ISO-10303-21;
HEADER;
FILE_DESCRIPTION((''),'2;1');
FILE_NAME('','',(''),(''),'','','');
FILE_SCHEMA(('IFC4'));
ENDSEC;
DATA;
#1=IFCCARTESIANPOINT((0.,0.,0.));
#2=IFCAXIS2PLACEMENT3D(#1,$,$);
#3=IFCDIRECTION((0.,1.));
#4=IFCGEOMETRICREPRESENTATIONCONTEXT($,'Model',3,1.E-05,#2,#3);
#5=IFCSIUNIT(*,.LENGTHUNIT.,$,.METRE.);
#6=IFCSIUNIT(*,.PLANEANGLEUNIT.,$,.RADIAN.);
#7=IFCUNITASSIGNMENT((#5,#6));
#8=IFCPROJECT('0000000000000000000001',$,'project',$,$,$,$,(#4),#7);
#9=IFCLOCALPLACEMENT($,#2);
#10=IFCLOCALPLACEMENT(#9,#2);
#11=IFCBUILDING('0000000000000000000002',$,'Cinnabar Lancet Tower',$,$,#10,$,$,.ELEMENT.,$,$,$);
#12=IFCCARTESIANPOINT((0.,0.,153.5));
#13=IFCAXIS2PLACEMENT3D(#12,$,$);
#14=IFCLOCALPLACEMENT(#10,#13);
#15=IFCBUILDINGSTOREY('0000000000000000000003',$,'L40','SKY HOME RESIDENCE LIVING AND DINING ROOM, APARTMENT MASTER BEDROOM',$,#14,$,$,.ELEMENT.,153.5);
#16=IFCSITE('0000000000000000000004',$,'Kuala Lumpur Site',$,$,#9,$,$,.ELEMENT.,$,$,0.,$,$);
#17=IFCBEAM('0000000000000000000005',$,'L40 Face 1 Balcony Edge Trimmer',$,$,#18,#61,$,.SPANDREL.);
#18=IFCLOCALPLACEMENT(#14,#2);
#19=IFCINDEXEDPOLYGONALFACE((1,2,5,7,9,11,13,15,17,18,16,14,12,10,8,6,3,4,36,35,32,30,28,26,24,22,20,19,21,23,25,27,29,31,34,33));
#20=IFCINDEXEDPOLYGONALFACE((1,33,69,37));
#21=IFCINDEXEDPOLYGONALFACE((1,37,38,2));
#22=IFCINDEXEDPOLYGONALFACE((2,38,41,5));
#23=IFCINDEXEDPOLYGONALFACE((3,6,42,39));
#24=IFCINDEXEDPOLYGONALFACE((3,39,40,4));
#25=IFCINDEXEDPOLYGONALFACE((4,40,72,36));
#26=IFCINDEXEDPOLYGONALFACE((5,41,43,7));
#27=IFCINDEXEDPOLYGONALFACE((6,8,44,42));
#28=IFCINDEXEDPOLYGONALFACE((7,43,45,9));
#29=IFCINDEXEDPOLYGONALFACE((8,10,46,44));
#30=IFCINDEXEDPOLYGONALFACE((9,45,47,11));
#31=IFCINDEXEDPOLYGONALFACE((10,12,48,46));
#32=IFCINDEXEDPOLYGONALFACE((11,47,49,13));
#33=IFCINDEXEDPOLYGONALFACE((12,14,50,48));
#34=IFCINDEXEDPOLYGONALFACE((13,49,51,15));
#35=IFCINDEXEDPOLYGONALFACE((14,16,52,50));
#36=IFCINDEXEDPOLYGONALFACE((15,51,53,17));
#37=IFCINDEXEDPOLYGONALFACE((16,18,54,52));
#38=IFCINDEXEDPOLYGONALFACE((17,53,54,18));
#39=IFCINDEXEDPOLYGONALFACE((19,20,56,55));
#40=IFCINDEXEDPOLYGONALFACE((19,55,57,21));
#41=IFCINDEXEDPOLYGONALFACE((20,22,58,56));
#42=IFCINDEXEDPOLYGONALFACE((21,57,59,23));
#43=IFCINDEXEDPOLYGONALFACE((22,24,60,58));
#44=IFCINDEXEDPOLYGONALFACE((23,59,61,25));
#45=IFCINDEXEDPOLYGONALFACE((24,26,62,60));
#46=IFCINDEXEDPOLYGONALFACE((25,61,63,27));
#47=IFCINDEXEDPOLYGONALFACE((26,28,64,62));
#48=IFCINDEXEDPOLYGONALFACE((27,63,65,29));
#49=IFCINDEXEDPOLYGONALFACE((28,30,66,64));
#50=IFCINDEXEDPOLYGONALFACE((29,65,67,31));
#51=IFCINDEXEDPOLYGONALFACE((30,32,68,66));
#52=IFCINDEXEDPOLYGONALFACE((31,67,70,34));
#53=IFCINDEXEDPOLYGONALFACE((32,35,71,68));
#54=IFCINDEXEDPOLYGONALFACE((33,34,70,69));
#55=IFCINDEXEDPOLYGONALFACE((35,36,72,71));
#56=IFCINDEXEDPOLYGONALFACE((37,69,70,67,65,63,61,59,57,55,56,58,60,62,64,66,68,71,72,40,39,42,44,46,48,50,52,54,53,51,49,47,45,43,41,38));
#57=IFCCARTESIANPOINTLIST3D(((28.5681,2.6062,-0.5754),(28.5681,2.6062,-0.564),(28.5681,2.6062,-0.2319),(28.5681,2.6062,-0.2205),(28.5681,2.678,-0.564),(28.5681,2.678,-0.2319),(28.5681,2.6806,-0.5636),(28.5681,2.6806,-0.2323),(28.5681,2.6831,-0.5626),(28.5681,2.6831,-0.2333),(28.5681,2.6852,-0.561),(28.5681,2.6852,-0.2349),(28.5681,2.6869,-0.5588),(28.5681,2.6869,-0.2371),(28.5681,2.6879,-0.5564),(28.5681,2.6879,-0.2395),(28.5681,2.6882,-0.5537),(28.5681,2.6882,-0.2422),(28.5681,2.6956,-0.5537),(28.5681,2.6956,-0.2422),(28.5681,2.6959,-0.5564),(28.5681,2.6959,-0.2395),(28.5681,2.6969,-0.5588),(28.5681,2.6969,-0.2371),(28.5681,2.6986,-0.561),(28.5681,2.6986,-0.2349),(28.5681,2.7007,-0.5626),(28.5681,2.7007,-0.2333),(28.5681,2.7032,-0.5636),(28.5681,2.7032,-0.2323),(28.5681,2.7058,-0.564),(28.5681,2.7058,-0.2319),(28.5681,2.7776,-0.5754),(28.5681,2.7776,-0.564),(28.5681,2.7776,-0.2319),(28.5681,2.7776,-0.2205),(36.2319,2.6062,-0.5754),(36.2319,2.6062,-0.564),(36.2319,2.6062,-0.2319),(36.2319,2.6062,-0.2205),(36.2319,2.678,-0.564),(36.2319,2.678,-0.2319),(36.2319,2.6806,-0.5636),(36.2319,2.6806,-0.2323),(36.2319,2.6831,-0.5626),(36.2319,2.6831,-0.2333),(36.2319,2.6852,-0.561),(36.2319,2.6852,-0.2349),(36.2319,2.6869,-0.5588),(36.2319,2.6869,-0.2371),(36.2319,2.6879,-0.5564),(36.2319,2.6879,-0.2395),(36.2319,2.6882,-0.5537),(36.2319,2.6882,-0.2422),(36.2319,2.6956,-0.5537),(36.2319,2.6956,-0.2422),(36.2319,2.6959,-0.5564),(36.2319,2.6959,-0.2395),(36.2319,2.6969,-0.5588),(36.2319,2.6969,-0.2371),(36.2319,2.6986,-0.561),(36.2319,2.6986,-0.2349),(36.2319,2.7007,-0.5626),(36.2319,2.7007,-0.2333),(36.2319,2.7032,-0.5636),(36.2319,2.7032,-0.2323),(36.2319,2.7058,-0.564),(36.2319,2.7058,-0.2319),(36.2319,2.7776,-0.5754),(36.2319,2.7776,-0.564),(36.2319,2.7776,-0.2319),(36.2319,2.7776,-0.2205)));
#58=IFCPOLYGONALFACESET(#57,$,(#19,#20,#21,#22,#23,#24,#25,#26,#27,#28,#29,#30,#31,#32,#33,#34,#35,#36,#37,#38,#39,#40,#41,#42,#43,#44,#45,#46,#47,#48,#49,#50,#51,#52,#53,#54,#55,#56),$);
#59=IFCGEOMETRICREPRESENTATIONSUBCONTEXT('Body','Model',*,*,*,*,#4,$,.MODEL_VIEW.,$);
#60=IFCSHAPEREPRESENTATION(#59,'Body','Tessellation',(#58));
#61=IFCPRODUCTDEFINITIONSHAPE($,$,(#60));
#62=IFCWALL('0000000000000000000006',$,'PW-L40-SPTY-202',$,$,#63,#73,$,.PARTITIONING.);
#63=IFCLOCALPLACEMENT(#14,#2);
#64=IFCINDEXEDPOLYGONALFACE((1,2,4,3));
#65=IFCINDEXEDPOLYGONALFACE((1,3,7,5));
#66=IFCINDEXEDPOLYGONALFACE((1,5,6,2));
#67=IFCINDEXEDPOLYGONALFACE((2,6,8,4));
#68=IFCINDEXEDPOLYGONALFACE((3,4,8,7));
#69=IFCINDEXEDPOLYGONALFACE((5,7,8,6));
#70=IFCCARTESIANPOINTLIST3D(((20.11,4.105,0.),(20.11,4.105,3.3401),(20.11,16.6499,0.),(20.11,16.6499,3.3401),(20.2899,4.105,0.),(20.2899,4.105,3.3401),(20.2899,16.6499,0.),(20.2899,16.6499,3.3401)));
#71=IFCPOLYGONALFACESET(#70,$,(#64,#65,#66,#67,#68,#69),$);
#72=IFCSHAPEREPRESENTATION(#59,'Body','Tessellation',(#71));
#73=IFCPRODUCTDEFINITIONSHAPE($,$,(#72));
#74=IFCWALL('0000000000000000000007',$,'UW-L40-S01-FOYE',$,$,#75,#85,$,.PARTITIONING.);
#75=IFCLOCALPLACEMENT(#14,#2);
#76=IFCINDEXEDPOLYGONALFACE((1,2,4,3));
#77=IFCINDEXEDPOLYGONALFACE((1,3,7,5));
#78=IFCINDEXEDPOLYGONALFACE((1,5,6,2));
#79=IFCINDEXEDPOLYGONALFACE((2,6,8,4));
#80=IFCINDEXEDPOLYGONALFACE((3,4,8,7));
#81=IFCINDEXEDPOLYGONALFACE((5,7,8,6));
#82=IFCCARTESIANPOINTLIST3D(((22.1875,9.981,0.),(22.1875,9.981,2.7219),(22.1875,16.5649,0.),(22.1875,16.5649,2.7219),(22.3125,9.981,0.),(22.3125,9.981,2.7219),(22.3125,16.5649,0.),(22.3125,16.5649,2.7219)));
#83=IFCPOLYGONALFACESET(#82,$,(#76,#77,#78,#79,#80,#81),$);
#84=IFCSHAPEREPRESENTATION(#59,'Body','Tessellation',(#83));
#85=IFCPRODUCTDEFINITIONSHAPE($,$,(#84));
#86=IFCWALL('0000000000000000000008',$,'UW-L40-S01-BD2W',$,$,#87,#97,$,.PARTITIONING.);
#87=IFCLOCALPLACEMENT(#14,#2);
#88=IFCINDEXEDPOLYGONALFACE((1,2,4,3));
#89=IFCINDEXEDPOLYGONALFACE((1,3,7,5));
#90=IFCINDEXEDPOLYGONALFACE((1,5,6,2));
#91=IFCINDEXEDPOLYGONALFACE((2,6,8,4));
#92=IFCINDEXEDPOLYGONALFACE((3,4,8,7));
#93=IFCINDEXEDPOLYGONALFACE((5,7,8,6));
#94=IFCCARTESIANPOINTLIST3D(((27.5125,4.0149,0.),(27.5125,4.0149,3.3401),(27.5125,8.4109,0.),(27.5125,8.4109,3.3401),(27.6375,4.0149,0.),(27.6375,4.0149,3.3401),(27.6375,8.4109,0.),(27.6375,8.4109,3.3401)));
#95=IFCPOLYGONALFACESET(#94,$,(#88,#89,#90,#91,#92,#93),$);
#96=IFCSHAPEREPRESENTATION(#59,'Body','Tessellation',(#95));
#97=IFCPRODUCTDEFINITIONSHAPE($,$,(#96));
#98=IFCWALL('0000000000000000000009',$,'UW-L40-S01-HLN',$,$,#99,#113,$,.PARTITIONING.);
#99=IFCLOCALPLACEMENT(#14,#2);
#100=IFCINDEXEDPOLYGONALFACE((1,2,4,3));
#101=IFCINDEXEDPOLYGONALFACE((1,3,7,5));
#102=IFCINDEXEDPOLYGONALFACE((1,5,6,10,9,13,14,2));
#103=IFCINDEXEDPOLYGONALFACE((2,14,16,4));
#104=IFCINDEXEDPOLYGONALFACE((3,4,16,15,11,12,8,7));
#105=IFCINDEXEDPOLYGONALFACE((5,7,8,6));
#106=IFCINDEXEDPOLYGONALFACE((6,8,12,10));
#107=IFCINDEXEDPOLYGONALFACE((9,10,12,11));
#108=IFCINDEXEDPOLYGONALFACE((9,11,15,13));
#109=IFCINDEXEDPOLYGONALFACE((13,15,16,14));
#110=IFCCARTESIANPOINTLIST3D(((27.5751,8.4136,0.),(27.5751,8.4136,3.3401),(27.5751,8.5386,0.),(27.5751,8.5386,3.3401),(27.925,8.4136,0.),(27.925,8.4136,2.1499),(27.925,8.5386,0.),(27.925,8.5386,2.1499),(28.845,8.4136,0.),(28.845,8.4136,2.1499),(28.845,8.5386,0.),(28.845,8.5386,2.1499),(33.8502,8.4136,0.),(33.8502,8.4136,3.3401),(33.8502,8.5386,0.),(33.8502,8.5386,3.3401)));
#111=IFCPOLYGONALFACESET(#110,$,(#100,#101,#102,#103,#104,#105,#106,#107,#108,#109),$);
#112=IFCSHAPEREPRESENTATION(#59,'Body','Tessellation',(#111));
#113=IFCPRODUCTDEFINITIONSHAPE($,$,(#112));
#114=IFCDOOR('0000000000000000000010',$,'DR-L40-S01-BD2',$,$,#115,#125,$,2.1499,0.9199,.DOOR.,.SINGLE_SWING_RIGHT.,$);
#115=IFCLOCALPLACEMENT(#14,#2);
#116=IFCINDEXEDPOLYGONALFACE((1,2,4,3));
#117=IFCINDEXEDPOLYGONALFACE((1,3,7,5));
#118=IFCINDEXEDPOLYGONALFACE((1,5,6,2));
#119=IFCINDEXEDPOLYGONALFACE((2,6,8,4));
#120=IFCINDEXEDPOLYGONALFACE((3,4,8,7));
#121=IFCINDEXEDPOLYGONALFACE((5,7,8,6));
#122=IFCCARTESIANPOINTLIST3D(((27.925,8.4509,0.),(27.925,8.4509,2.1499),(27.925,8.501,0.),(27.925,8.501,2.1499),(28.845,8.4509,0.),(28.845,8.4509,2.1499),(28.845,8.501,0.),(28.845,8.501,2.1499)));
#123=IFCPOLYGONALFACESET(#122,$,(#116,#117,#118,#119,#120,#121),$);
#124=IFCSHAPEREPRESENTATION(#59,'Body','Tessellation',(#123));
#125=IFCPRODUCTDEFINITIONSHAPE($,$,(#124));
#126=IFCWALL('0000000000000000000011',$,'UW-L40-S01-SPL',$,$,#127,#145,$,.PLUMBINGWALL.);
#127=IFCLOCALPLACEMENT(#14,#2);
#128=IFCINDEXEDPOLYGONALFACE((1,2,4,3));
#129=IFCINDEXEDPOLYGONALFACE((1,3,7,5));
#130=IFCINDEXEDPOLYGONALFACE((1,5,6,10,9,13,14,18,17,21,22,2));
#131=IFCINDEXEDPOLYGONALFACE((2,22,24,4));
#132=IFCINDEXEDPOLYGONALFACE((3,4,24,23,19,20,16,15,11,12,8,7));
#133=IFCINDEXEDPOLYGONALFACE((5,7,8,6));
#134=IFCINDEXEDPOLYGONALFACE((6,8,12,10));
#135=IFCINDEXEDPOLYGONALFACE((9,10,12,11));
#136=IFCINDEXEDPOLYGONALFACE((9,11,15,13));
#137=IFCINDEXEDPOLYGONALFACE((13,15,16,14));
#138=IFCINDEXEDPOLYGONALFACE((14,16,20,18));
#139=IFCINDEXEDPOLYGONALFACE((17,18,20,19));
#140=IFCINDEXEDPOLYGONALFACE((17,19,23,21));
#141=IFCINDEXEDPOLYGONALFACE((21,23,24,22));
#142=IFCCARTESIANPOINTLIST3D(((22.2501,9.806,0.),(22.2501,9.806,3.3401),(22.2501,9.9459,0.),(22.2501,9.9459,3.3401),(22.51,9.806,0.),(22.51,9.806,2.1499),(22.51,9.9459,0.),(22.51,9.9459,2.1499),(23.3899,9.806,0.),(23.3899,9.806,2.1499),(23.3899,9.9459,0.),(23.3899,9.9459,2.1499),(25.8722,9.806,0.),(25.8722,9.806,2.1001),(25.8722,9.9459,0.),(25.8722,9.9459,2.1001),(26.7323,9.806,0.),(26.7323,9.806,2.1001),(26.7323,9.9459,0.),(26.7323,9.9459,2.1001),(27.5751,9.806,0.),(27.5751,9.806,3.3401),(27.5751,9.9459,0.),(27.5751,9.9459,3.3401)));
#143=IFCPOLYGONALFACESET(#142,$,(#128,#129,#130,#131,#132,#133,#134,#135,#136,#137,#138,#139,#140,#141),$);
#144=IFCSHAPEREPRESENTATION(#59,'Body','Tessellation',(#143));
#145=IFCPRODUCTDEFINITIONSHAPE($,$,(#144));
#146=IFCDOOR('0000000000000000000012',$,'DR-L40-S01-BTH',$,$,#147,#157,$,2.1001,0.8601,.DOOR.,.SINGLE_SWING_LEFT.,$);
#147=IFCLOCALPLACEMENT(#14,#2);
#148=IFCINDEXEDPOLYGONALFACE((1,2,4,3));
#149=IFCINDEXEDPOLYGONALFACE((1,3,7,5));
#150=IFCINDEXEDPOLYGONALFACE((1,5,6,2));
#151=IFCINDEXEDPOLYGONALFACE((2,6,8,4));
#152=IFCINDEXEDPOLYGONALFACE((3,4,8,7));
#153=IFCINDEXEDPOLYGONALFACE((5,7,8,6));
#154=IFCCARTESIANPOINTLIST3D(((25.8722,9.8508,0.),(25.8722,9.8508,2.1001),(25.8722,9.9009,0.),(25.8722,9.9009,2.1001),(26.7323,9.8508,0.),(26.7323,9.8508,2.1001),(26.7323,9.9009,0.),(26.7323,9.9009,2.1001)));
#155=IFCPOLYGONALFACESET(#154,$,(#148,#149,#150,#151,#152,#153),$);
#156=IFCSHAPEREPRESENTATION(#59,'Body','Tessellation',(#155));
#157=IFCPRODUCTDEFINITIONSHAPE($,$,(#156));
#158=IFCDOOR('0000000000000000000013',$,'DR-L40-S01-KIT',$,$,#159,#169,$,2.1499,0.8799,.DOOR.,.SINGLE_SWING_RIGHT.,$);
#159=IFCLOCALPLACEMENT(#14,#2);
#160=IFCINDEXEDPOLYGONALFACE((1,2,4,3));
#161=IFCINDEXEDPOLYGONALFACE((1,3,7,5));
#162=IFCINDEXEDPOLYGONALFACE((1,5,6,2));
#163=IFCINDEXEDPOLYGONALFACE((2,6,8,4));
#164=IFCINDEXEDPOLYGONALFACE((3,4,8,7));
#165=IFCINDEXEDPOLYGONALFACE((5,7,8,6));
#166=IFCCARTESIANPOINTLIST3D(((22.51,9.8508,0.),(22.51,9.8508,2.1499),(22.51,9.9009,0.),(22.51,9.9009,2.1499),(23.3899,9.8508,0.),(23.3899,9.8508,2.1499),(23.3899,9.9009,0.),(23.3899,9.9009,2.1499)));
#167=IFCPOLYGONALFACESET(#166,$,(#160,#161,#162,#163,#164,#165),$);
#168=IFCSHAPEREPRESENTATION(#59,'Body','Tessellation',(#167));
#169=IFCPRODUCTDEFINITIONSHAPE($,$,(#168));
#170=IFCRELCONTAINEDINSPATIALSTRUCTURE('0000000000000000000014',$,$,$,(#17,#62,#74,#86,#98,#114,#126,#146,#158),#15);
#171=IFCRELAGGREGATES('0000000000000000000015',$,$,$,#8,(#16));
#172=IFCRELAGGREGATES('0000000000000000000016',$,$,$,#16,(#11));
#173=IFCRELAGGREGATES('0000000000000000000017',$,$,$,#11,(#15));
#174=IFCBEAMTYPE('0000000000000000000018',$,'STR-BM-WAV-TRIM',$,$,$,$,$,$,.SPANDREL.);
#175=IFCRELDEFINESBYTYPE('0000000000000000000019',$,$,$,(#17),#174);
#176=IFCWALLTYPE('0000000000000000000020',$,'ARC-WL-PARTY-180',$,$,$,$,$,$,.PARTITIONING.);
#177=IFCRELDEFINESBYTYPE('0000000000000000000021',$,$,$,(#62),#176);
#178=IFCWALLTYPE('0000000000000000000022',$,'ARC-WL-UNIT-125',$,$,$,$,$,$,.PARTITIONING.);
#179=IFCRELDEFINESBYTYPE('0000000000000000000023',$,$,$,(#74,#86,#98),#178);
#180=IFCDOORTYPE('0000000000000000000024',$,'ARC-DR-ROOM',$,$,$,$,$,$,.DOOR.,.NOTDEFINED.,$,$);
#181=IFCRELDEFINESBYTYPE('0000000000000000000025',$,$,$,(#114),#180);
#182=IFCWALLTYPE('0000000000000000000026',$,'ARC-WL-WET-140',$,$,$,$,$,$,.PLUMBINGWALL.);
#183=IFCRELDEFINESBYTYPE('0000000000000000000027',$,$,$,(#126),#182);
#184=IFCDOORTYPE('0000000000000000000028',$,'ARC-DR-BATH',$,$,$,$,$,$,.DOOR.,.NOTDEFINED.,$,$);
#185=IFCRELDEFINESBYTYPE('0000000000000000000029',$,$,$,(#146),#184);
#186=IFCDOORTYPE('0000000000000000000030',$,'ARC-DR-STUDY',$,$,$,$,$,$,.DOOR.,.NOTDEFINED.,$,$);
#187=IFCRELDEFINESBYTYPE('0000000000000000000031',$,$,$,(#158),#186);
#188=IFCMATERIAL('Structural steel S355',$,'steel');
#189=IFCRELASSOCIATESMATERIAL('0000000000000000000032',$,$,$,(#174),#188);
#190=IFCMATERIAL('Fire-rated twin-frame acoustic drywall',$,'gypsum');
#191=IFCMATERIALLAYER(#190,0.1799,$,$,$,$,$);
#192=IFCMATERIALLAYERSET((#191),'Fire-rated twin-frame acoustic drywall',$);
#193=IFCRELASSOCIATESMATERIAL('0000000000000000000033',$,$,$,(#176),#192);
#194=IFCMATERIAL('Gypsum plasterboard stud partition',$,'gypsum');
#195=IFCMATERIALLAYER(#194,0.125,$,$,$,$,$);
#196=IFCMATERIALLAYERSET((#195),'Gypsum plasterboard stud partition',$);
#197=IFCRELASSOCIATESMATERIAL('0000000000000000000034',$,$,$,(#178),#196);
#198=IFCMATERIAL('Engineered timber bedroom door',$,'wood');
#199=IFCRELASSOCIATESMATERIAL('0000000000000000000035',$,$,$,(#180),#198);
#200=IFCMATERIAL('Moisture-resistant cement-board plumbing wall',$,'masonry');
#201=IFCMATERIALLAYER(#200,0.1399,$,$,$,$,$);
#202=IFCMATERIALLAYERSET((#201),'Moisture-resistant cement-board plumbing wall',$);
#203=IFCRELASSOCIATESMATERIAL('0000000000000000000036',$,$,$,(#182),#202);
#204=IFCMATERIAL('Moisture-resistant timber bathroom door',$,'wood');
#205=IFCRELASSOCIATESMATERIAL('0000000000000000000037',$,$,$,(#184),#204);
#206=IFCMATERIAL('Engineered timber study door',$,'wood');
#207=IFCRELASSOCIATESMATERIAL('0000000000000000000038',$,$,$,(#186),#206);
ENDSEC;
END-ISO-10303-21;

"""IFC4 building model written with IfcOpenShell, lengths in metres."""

from ifc_helpers import new_model, si_unit, direction, frame, frame_2d, origin, origin_2d, place, context, subcontext, project, spatial, rectangle, i_section, extrude, material, layer, layer_set, material_profile, profile_set, type_object, element, fill, save


model = new_model("IFC4")

# Units and contexts
model_context = context("Model", 3, precision=1e-05, world=origin(), true_north=direction((0.0, 1.0)))
body_context = subcontext(model_context, "Body", "Model", "MODEL_VIEW")
ifc_project = project(units=[si_unit("LENGTHUNIT", "METRE"), si_unit("PLANEANGLEUNIT", "RADIAN")], contexts=[model_context])

# Site, building, storey
site_placement = place(None, origin())
site = spatial("IfcSite", under=ifc_project, at=site_placement, Name="Kuala Lumpur Site", CompositionType="ELEMENT", RefElevation=0.0)
building_placement = place(site_placement, origin())
building = spatial("IfcBuilding", under=site, at=building_placement, Name="Cinnabar Lancet Tower", CompositionType="ELEMENT")
storey_placement = place(building_placement, frame((0.0, 0.0, 153.5)))
storey = spatial("IfcBuildingStorey", under=building, at=storey_placement, Name="L40", Description="SKY HOME RESIDENCE LIVING AND DINING ROOM, APARTMENT MASTER BEDROOM", CompositionType="ELEMENT", Elevation=153.5)

# Beam
ifc_material_1 = material(Name="Structural steel S355", Category="steel")
ifc_material_profile_1 = material_profile(ifc_material_1, i_section(OverallWidth=0.1714, OverallDepth=0.355, WebThickness=0.0073, FlangeThickness=0.0115, FilletRadius=0.0103, at=origin_2d()), Name="UKB 356x171x51")
ifc_profile_set_1 = profile_set([ifc_material_profile_1], Name="Structural steel S355")
beam_type_1 = type_object("IfcBeamType", Name="STR-BM-WAV-TRIM", PredefinedType="SPANDREL", material=ifc_profile_set_1)
beam_1_placement = place(storey_placement, frame((28.5681, 2.6919, -0.3979), z_axis=(1.0, 0.0, 0.0), x_axis=(0.0, 1.0, 0.0)))
element("IfcBeam", 1, at=beam_1_placement, inside=storey, type_object=beam_type_1, Name="L40 Face 1 Balcony Edge Trimmer", PredefinedType="SPANDREL", context=body_context, shape_type="SweptSolid", body=[
    extrude(i_section(OverallWidth=0.1714, OverallDepth=0.355, WebThickness=0.0073, FlangeThickness=0.0115, FilletRadius=0.0103, at=origin_2d()), origin(), (0.0, 0.0, 1.0), 7.6638),
])

# Walls
ifc_material_2 = material(Name="Fire-rated twin-frame acoustic drywall", Category="gypsum")
ifc_layer_1 = layer(ifc_material_2, 0.1799)
ifc_layer_set_1 = layer_set([ifc_layer_1], Name="Fire-rated twin-frame acoustic drywall")
wall_type_1 = type_object("IfcWallType", Name="ARC-WL-PARTY-180", PredefinedType="PARTITIONING", material=ifc_layer_set_1)
wall_1_placement = place(storey_placement, frame((20.2, 4.105, 0.0), z_axis=(0.0, 0.0, 1.0), x_axis=(0.0, 1.0, 0.0)))
element("IfcWall", 2, at=wall_1_placement, inside=storey, type_object=wall_type_1, Name="PW-L40-SPTY-202", PredefinedType="PARTITIONING", context=body_context, shape_type="SweptSolid", body=[
    extrude(rectangle(XDim=12.5449, YDim=0.1799, at=frame_2d((6.2725, 0.0))), origin(), (0.0, 0.0, 1.0), 3.3401),
])
ifc_material_3 = material(Name="Gypsum plasterboard stud partition", Category="gypsum")
ifc_layer_2 = layer(ifc_material_3, 0.125)
ifc_layer_set_2 = layer_set([ifc_layer_2], Name="Gypsum plasterboard stud partition")
wall_type_2 = type_object("IfcWallType", Name="ARC-WL-UNIT-125", PredefinedType="PARTITIONING", material=ifc_layer_set_2)
wall_2_placement = place(storey_placement, frame((22.25, 9.981, 0.0), z_axis=(0.0, 0.0, 1.0), x_axis=(0.0, 1.0, 0.0)))
element("IfcWall", 3, at=wall_2_placement, inside=storey, type_object=wall_type_2, Name="UW-L40-S01-FOYE", PredefinedType="PARTITIONING", context=body_context, shape_type="SweptSolid", body=[
    extrude(rectangle(XDim=6.584, YDim=0.125, at=frame_2d((3.292, 0.0))), origin(), (0.0, 0.0, 1.0), 2.7219),
])
wall_3_placement = place(storey_placement, frame((27.575, 4.0149, 0.0), z_axis=(0.0, 0.0, 1.0), x_axis=(0.0, 1.0, 0.0)))
element("IfcWall", 4, at=wall_3_placement, inside=storey, type_object=wall_type_2, Name="UW-L40-S01-BD2W", PredefinedType="PARTITIONING", context=body_context, shape_type="SweptSolid", body=[
    extrude(rectangle(XDim=4.396, YDim=0.125, at=frame_2d((2.198, 0.0))), origin(), (0.0, 0.0, 1.0), 3.3401),
])

# Wall, opening, door
wall_4_placement = place(storey_placement, frame((27.575, 8.4761, 0.0), z_axis=(0.0, 0.0, 1.0), x_axis=(1.0, 0.0, 0.0)))
wall_4 = element("IfcWall", 5, at=wall_4_placement, inside=storey, type_object=wall_type_2, Name="UW-L40-S01-HLN", PredefinedType="PARTITIONING", context=body_context, shape_type="SweptSolid", body=[
    extrude(rectangle(XDim=6.2751, YDim=0.125, at=frame_2d((3.1377, 0.0))), origin(), (0.0, 0.0, 1.0), 3.3401),
])
opening_1_placement = place(wall_4_placement, frame((0.3501, 0.0, 0.0)))
opening_1 = element("IfcOpeningElement", 6, at=opening_1_placement, cuts=wall_4, PredefinedType="OPENING", context=body_context, shape_type="SweptSolid", body=[
    extrude(rectangle(XDim=0.9199, YDim=2.1499, at=frame_2d((0.46, 1.075))), frame((0.0, 0.0725, 0.0), z_axis=(0.0, -1.0, 0.0), x_axis=(1.0, 0.0, 0.0)), (0.0, 0.0, 1.0), 0.145),
])
ifc_material_4 = material(Name="Engineered timber bedroom door", Category="wood")
door_type_1 = type_object("IfcDoorType", Name="ARC-DR-ROOM", OperationType="NOTDEFINED", PredefinedType="DOOR", material=ifc_material_4)
door_1_placement = place(opening_1_placement, origin())
door_1 = element("IfcDoor", 7, at=door_1_placement, inside=storey, type_object=door_type_1, Name="DR-L40-S01-BD2", OperationType="SINGLE_SWING_RIGHT", OverallHeight=2.1499, OverallWidth=0.9199, PredefinedType="DOOR", context=body_context, shape_type="SweptSolid", body=[
    extrude(rectangle(XDim=0.9199, YDim=2.1499, at=frame_2d((0.46, 1.075))), frame((0.0, 0.0249, 0.0), z_axis=(0.0, -1.0, 0.0), x_axis=(1.0, 0.0, 0.0)), (0.0, 0.0, 1.0), 0.05),
])
fill(opening_1, door_1)

# Wall, openings, doors
ifc_material_5 = material(Name="Moisture-resistant cement-board plumbing wall", Category="masonry")
ifc_layer_3 = layer(ifc_material_5, 0.1399)
ifc_layer_set_3 = layer_set([ifc_layer_3], Name="Moisture-resistant cement-board plumbing wall")
wall_type_3 = type_object("IfcWallType", Name="ARC-WL-WET-140", PredefinedType="PLUMBINGWALL", material=ifc_layer_set_3)
wall_5_placement = place(storey_placement, frame((22.25, 9.876, 0.0), z_axis=(0.0, 0.0, 1.0), x_axis=(1.0, 0.0, 0.0)))
wall_5 = element("IfcWall", 8, at=wall_5_placement, inside=storey, type_object=wall_type_3, Name="UW-L40-S01-SPL", PredefinedType="PLUMBINGWALL", context=body_context, shape_type="SweptSolid", body=[
    extrude(rectangle(XDim=5.325, YDim=0.1399, at=frame_2d((2.6626, 0.0))), origin(), (0.0, 0.0, 1.0), 3.3401),
])
opening_2_placement = place(wall_5_placement, frame((3.6221, 0.0, 0.0)))
opening_2 = element("IfcOpeningElement", 9, at=opening_2_placement, cuts=wall_5, PredefinedType="OPENING", context=body_context, shape_type="SweptSolid", body=[
    extrude(rectangle(XDim=0.8601, YDim=2.1001, at=frame_2d((0.4302, 1.05))), frame((0.0, 0.0798, 0.0), z_axis=(0.0, -1.0, 0.0), x_axis=(1.0, 0.0, 0.0)), (0.0, 0.0, 1.0), 0.1599),
])
opening_3_placement = place(wall_5_placement, frame((0.26, 0.0, 0.0)))
opening_3 = element("IfcOpeningElement", 10, at=opening_3_placement, cuts=wall_5, PredefinedType="OPENING", context=body_context, shape_type="SweptSolid", body=[
    extrude(rectangle(XDim=0.8799, YDim=2.1499, at=frame_2d((0.4399, 1.075))), frame((0.0, 0.0798, 0.0), z_axis=(0.0, -1.0, 0.0), x_axis=(1.0, 0.0, 0.0)), (0.0, 0.0, 1.0), 0.1599),
])
ifc_material_6 = material(Name="Moisture-resistant timber bathroom door", Category="wood")
door_type_2 = type_object("IfcDoorType", Name="ARC-DR-BATH", OperationType="NOTDEFINED", PredefinedType="DOOR", material=ifc_material_6)
door_2_placement = place(opening_2_placement, origin())
door_2 = element("IfcDoor", 11, at=door_2_placement, inside=storey, type_object=door_type_2, Name="DR-L40-S01-BTH", OperationType="SINGLE_SWING_LEFT", OverallHeight=2.1001, OverallWidth=0.8601, PredefinedType="DOOR", context=body_context, shape_type="SweptSolid", body=[
    extrude(rectangle(XDim=0.8601, YDim=2.1001, at=frame_2d((0.4302, 1.05))), frame((0.0, 0.0249, 0.0), z_axis=(0.0, -1.0, 0.0), x_axis=(1.0, 0.0, 0.0)), (0.0, 0.0, 1.0), 0.05),
])
fill(opening_2, door_2)
ifc_material_7 = material(Name="Engineered timber study door", Category="wood")
door_type_3 = type_object("IfcDoorType", Name="ARC-DR-STUDY", OperationType="NOTDEFINED", PredefinedType="DOOR", material=ifc_material_7)
door_3_placement = place(opening_3_placement, origin())
door_3 = element("IfcDoor", 12, at=door_3_placement, inside=storey, type_object=door_type_3, Name="DR-L40-S01-KIT", OperationType="SINGLE_SWING_RIGHT", OverallHeight=2.1499, OverallWidth=0.8799, PredefinedType="DOOR", context=body_context, shape_type="SweptSolid", body=[
    extrude(rectangle(XDim=0.8799, YDim=2.1499, at=frame_2d((0.4399, 1.075))), frame((0.0, 0.0249, 0.0), z_axis=(0.0, -1.0, 0.0), x_axis=(1.0, 0.0, 0.0)), (0.0, 0.0, 1.0), 0.05),
])
fill(opening_3, door_3)

save(model, "model.ifc")
